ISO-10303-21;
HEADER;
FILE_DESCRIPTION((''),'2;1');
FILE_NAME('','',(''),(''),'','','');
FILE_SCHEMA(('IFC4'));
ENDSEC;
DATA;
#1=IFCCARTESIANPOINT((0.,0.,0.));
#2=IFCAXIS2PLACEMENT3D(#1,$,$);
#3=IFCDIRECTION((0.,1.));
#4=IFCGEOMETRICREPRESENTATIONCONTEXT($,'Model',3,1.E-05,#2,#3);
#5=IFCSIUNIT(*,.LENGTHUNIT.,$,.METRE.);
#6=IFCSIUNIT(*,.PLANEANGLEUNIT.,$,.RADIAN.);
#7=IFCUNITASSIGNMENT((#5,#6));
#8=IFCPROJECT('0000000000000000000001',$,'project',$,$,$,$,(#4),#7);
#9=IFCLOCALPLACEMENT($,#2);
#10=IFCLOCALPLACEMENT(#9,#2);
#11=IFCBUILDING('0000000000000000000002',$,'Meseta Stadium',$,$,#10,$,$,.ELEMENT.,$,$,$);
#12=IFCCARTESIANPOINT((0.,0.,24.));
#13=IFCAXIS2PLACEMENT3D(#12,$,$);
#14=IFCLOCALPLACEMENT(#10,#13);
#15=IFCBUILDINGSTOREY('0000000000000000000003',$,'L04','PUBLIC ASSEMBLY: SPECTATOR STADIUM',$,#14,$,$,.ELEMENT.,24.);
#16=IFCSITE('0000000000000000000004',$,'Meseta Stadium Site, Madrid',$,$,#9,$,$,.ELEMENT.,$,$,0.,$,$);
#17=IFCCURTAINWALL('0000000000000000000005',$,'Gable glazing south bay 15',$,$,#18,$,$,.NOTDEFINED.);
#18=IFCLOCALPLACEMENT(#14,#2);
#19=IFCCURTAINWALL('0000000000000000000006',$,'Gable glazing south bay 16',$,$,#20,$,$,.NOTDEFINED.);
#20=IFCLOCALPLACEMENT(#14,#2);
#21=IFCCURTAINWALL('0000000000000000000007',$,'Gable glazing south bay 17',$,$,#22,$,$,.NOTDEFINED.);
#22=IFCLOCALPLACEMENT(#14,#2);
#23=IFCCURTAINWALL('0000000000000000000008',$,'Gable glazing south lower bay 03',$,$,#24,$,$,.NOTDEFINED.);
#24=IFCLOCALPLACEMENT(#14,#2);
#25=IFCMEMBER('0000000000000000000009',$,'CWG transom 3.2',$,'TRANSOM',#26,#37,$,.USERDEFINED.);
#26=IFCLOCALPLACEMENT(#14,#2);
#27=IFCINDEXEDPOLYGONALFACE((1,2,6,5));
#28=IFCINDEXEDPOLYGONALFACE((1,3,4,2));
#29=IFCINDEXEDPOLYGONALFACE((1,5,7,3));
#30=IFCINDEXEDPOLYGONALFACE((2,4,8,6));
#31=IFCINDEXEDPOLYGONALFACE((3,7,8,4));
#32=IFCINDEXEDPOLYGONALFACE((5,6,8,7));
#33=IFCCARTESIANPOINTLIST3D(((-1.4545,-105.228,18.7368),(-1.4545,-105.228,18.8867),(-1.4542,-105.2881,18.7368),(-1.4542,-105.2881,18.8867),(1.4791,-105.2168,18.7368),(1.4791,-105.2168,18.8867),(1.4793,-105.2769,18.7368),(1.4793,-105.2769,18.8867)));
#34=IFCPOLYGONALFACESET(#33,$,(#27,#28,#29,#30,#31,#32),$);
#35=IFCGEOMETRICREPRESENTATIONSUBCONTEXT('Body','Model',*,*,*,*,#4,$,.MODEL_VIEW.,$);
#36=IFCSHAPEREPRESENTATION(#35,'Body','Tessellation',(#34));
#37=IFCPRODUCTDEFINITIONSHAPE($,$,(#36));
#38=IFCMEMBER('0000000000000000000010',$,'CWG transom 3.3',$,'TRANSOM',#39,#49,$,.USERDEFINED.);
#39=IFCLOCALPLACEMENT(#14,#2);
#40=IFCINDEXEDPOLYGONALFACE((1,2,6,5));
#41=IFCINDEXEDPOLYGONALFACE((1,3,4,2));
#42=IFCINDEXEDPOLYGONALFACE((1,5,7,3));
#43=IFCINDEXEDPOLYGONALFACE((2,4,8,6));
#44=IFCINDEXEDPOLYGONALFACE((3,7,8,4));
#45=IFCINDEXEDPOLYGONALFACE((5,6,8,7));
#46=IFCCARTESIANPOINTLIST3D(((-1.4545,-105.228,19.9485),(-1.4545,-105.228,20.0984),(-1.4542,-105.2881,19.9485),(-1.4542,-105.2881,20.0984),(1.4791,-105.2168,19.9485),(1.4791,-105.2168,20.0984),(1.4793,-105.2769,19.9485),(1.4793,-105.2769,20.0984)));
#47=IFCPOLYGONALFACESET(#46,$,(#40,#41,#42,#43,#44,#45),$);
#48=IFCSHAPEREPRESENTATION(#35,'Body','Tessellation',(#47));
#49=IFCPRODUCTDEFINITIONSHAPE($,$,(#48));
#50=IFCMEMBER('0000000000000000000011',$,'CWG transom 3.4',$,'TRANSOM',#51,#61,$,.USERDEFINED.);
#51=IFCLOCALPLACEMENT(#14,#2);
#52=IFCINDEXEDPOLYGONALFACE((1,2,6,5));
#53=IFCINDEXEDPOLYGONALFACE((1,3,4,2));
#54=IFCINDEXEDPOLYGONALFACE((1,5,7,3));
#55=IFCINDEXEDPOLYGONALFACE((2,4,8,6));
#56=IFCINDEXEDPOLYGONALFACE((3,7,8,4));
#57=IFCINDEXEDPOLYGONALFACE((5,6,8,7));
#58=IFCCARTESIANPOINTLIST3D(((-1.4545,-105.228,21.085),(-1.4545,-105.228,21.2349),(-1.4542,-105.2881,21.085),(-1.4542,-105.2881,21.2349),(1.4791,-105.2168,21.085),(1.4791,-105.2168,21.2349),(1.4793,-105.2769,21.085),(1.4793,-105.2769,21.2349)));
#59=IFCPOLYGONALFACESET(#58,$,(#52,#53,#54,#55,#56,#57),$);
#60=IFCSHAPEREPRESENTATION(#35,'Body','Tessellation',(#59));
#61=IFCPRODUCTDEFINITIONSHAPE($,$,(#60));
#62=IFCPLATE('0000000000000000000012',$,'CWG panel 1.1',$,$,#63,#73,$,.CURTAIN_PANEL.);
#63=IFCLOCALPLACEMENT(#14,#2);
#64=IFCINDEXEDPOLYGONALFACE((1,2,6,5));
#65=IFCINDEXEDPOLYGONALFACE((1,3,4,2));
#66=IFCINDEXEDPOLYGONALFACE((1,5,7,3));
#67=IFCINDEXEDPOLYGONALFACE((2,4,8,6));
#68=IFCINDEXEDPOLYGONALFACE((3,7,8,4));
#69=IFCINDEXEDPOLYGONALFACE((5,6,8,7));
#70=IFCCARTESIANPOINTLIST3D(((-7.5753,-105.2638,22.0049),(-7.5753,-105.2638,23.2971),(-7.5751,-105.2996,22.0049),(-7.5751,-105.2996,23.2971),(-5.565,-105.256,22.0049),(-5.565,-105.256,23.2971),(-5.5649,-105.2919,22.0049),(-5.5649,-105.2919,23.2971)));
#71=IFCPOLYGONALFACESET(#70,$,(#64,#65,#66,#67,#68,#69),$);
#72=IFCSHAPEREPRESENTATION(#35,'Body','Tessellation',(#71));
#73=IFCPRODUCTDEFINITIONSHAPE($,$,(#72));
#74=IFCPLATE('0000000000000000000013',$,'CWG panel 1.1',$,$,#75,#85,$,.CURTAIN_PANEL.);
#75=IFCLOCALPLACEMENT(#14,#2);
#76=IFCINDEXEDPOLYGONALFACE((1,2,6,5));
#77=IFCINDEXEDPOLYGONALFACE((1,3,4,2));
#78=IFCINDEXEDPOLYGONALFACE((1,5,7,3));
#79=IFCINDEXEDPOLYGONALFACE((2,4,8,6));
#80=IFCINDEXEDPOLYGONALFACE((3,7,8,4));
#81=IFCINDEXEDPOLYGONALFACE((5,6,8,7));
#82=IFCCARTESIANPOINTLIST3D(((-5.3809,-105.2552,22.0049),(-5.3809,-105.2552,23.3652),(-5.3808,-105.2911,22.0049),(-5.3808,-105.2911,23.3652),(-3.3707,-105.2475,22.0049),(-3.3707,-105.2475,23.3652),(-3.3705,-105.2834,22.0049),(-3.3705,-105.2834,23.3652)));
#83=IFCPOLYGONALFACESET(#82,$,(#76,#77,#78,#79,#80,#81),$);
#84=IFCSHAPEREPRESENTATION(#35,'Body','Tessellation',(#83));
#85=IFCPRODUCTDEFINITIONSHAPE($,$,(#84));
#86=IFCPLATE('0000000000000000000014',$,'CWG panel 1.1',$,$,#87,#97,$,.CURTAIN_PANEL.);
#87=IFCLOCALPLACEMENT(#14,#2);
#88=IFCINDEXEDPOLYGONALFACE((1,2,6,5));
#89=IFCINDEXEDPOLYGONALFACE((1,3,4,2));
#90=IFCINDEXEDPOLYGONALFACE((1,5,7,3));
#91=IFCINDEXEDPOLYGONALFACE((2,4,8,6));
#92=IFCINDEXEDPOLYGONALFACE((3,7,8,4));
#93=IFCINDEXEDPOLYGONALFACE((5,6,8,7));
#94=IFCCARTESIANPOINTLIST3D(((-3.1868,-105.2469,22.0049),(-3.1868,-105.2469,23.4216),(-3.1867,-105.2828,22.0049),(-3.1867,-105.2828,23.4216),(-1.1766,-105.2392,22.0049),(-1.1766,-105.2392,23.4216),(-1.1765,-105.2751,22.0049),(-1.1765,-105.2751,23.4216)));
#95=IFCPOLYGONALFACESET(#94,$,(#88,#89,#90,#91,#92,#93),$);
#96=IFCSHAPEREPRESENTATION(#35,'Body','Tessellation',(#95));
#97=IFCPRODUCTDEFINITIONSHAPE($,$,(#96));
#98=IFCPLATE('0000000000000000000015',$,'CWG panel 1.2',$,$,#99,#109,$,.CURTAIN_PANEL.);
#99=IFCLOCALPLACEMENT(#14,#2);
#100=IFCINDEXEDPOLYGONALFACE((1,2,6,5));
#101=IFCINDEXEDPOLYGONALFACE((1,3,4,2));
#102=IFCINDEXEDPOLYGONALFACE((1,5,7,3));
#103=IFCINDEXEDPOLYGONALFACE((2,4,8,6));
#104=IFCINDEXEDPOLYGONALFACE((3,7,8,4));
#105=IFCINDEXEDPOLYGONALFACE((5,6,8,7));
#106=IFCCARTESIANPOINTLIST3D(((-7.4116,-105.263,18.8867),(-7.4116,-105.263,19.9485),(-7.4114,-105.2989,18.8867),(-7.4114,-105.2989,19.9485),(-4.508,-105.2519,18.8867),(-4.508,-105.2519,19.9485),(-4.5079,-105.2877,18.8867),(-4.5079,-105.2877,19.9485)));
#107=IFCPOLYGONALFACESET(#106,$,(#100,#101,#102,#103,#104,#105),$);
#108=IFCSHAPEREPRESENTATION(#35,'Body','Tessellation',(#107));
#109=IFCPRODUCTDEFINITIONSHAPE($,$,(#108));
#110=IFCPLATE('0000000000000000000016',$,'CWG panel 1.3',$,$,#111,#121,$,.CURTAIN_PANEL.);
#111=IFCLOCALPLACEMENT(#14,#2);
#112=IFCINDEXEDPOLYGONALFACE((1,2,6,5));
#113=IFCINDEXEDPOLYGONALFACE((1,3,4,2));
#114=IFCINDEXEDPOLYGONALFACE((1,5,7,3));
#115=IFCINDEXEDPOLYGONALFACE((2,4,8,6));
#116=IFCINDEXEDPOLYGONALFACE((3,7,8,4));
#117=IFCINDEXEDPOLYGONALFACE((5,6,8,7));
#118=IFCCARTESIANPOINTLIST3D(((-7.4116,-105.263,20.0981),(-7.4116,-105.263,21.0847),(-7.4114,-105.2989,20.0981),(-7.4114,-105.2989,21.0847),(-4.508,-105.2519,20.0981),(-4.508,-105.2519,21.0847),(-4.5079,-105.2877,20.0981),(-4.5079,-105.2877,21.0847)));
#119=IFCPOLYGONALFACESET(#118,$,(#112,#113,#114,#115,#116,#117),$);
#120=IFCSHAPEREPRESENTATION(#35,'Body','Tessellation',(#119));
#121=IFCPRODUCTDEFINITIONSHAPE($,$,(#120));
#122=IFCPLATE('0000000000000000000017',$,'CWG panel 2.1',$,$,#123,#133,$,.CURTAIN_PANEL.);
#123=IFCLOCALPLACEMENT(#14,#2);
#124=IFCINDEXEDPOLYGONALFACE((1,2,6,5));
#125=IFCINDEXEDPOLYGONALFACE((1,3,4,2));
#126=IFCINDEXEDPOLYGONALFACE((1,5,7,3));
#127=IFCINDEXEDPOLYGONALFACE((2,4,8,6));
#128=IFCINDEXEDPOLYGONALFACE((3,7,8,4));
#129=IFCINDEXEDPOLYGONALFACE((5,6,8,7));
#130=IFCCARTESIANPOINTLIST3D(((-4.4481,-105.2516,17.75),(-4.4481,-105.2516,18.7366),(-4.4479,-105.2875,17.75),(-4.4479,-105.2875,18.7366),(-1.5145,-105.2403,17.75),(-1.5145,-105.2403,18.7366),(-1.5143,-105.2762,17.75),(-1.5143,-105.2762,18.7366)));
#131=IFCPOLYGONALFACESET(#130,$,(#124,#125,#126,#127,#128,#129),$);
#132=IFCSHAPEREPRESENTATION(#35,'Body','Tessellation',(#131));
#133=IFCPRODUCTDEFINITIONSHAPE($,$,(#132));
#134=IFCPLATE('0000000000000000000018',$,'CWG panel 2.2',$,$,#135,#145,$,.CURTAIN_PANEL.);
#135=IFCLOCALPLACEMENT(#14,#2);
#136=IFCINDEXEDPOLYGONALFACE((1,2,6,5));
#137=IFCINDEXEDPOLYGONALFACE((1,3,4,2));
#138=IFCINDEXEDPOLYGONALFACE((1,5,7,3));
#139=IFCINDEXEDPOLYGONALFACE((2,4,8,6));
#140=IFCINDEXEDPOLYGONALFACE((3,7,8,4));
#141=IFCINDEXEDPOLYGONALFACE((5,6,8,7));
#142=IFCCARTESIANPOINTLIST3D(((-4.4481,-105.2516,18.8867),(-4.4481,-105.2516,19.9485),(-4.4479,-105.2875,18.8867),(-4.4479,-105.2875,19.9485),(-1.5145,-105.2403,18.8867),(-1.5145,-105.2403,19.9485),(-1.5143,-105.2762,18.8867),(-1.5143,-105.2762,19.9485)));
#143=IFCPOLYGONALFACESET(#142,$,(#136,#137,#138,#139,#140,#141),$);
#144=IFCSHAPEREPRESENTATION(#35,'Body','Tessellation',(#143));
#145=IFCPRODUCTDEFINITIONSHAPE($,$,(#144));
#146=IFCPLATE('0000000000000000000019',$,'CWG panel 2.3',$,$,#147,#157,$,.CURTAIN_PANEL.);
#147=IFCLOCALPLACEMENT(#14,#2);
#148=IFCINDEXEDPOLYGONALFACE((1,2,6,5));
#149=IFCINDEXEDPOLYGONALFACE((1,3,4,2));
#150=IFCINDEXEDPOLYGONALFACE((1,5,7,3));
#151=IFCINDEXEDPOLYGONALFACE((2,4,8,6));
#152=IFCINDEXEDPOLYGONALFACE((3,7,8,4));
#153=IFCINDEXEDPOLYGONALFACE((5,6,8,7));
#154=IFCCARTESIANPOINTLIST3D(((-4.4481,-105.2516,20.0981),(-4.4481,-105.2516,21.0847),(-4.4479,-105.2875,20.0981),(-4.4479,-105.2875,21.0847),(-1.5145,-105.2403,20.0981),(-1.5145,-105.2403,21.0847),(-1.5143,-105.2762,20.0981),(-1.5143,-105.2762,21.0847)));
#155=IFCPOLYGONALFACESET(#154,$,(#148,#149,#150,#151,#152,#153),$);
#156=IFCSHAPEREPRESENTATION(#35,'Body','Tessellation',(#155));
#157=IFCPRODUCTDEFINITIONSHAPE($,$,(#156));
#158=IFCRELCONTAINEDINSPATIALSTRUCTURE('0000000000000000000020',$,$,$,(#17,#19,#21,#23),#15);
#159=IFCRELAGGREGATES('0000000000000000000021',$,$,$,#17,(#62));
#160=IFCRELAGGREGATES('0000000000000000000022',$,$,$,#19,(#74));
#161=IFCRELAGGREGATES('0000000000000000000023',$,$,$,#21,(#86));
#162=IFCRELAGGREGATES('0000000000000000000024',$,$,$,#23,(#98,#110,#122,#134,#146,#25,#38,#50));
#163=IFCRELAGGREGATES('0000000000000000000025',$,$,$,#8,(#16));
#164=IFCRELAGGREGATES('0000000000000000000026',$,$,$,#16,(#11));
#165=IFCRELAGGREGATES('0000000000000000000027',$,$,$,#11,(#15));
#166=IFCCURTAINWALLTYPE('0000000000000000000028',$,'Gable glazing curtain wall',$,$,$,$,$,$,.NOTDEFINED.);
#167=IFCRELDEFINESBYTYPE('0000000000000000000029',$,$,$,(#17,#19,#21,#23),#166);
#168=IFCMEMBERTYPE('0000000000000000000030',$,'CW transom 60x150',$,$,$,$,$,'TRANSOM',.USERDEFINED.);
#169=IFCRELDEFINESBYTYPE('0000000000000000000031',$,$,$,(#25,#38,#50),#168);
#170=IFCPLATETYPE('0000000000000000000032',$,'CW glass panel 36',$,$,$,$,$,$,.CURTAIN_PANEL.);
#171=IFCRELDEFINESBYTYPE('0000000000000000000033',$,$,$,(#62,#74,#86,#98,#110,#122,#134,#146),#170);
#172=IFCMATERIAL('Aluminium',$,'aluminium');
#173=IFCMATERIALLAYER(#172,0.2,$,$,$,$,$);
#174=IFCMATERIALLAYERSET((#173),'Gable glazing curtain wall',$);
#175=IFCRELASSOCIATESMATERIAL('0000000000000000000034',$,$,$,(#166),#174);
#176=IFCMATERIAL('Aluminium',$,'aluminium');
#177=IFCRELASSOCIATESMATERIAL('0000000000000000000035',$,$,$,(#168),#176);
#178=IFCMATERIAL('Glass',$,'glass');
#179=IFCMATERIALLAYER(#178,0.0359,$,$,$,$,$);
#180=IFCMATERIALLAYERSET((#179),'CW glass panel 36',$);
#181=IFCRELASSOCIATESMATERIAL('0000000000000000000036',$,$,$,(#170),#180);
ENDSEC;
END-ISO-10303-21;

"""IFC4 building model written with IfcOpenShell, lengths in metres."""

from ifc_helpers import new_model, si_unit, direction, frame, origin, origin_2d, place, context, subcontext, project, spatial, rectangle, extrude, material, layer, layer_set, material_profile, profile_set, type_object, element, aggregate, save


model = new_model("IFC4")

# Units and contexts
model_context = context("Model", 3, precision=1e-05, world=origin(), true_north=direction((0.0, 1.0)))
body_context = subcontext(model_context, "Body", "Model", "MODEL_VIEW")
ifc_project = project(units=[si_unit("LENGTHUNIT", "METRE"), si_unit("PLANEANGLEUNIT", "RADIAN")], contexts=[model_context])

# Site, building, storey
site_placement = place(None, origin())
site = spatial("IfcSite", under=ifc_project, at=site_placement, Name="Meseta Stadium Site, Madrid", CompositionType="ELEMENT", RefElevation=0.0)
building_placement = place(site_placement, origin())
building = spatial("IfcBuilding", under=site, at=building_placement, Name="Meseta Stadium", CompositionType="ELEMENT")
storey_placement = place(building_placement, frame((0.0, 0.0, 24.0)))
storey = spatial("IfcBuildingStorey", under=building, at=storey_placement, Name="L04", Description="PUBLIC ASSEMBLY: SPECTATOR STADIUM", CompositionType="ELEMENT", Elevation=24.0)

# Curtain wall
ifc_material_1 = material(Name="Aluminium", Category="aluminium")
ifc_layer_1 = layer(ifc_material_1, 0.2)
ifc_layer_set_1 = layer_set([ifc_layer_1], Name="Gable glazing curtain wall")
curtain_wall_type = type_object("IfcCurtainWallType", Name="Gable glazing curtain wall", PredefinedType="NOTDEFINED", material=ifc_layer_set_1)
curtain_wall_1_placement = place(storey_placement, origin())
curtain_wall_1 = element("IfcCurtainWall", 1, at=curtain_wall_1_placement, inside=storey, type_object=curtain_wall_type, Name="Gable glazing south bay 15", PredefinedType="NOTDEFINED")

# Curtain walls
curtain_wall_2_placement = place(storey_placement, origin())
curtain_wall_2 = element("IfcCurtainWall", 2, at=curtain_wall_2_placement, inside=storey, type_object=curtain_wall_type, Name="Gable glazing south bay 16", PredefinedType="NOTDEFINED")
curtain_wall_3_placement = place(storey_placement, origin())
curtain_wall_3 = element("IfcCurtainWall", 3, at=curtain_wall_3_placement, inside=storey, type_object=curtain_wall_type, Name="Gable glazing south bay 17", PredefinedType="NOTDEFINED")

# Shared definitions
ifc_material_2 = material(Name="Aluminium", Category="aluminium")
ifc_material_profile_1 = material_profile(ifc_material_2, rectangle(XDim=0.0601, YDim=0.1499, at=origin_2d()), Name="CW 60x150")
ifc_profile_set_1 = profile_set([ifc_material_profile_1], Name="Aluminium")
member_type_1 = type_object("IfcMemberType", Name="CW transom 60x150", ElementType="TRANSOM", PredefinedType="USERDEFINED", material=ifc_profile_set_1)

# Curtain wall, members
curtain_wall_4_placement = place(storey_placement, origin())
curtain_wall_4 = element("IfcCurtainWall", 4, at=curtain_wall_4_placement, inside=storey, type_object=curtain_wall_type, Name="Gable glazing south lower bay 03", PredefinedType="NOTDEFINED")
member_1_placement = place(storey_placement, frame((-1.4543, -105.2581, 18.8118), z_axis=(0.999993, 0.003828, 0.0), x_axis=(-0.003828, 0.999993, 0.0)))
member_1 = element("IfcMember", 5, at=member_1_placement, type_object=member_type_1, Name="CWG transom 3.2", ObjectType="TRANSOM", PredefinedType="USERDEFINED", context=body_context, shape_type="SweptSolid", body=[
    extrude(rectangle(XDim=0.0601, YDim=0.1499, at=origin_2d()), origin(), (0.0, 0.0, 1.0), 2.9336),
])
member_2_placement = place(storey_placement, frame((-1.4543, -105.2581, 20.0234), z_axis=(0.999993, 0.003828, 0.0), x_axis=(-0.003828, 0.999993, 0.0)))
member_2 = element("IfcMember", 6, at=member_2_placement, type_object=member_type_1, Name="CWG transom 3.3", ObjectType="TRANSOM", PredefinedType="USERDEFINED", context=body_context, shape_type="SweptSolid", body=[
    extrude(rectangle(XDim=0.0601, YDim=0.1499, at=origin_2d()), origin(), (0.0, 0.0, 1.0), 2.9336),
])
member_3_placement = place(storey_placement, frame((-1.4543, -105.2581, 21.1599), z_axis=(0.999993, 0.003828, 0.0), x_axis=(-0.003828, 0.999993, 0.0)))
member_3 = element("IfcMember", 7, at=member_3_placement, type_object=member_type_1, Name="CWG transom 3.4", ObjectType="TRANSOM", PredefinedType="USERDEFINED", context=body_context, shape_type="SweptSolid", body=[
    extrude(rectangle(XDim=0.0601, YDim=0.1499, at=origin_2d()), origin(), (0.0, 0.0, 1.0), 2.9336),
])

# Plates
ifc_material_3 = material(Name="Glass", Category="glass")
ifc_layer_2 = layer(ifc_material_3, 0.0359)
ifc_layer_set_2 = layer_set([ifc_layer_2], Name="CW glass panel 36")
plate_type = type_object("IfcPlateType", Name="CW glass panel 36", PredefinedType="CURTAIN_PANEL", material=ifc_layer_set_2)
plate_1_placement = place(storey_placement, frame((-6.5701, -105.2778, 22.0049), z_axis=(0.0, 0.0, 1.0), x_axis=(0.999993, 0.003848, 0.0)))
plate_1 = element("IfcPlate", 8, at=plate_1_placement, type_object=plate_type, Name="CWG panel 1.1", PredefinedType="CURTAIN_PANEL", context=body_context, shape_type="SweptSolid", body=[
    extrude(rectangle(XDim=2.0103, YDim=0.0359, at=origin_2d()), origin(), (0.0, 0.0, 1.0), 1.2922),
])
aggregate(curtain_wall_1, [plate_1])
plate_2_placement = place(storey_placement, frame((-4.3757, -105.2693, 22.0049), z_axis=(0.0, 0.0, 1.0), x_axis=(0.999993, 0.003848, 0.0)))
plate_2 = element("IfcPlate", 9, at=plate_2_placement, type_object=plate_type, Name="CWG panel 1.1", PredefinedType="CURTAIN_PANEL", context=body_context, shape_type="SweptSolid", body=[
    extrude(rectangle(XDim=2.0103, YDim=0.0359, at=origin_2d()), origin(), (0.0, 0.0, 1.0), 1.3604),
])
aggregate(curtain_wall_2, [plate_2])
plate_3_placement = place(storey_placement, frame((-2.1816, -105.261, 22.0049), z_axis=(0.0, 0.0, 1.0), x_axis=(0.999993, 0.003848, 0.0)))
plate_3 = element("IfcPlate", 10, at=plate_3_placement, type_object=plate_type, Name="CWG panel 1.1", PredefinedType="CURTAIN_PANEL", context=body_context, shape_type="SweptSolid", body=[
    extrude(rectangle(XDim=2.0103, YDim=0.0359, at=origin_2d()), origin(), (0.0, 0.0, 1.0), 1.4167),
])
aggregate(curtain_wall_3, [plate_3])
plate_4_placement = place(storey_placement, frame((-5.9597, -105.2754, 18.8867), z_axis=(0.0, 0.0, 1.0), x_axis=(0.999993, 0.003848, 0.0)))
plate_4 = element("IfcPlate", 11, at=plate_4_placement, type_object=plate_type, Name="CWG panel 1.2", PredefinedType="CURTAIN_PANEL", context=body_context, shape_type="SweptSolid", body=[
    extrude(rectangle(XDim=2.9036, YDim=0.0359, at=origin_2d()), origin(), (0.0, 0.0, 1.0), 1.0618),
])
plate_5_placement = place(storey_placement, frame((-5.9597, -105.2754, 20.0981), z_axis=(0.0, 0.0, 1.0), x_axis=(0.999993, 0.003848, 0.0)))
plate_5 = element("IfcPlate", 12, at=plate_5_placement, type_object=plate_type, Name="CWG panel 1.3", PredefinedType="CURTAIN_PANEL", context=body_context, shape_type="SweptSolid", body=[
    extrude(rectangle(XDim=2.9036, YDim=0.0359, at=origin_2d()), origin(), (0.0, 0.0, 1.0), 0.9866),
])
plate_6_placement = place(storey_placement, frame((-2.9812, -105.2639, 17.75), z_axis=(0.0, 0.0, 1.0), x_axis=(0.999993, 0.003848, 0.0)))
plate_6 = element("IfcPlate", 13, at=plate_6_placement, type_object=plate_type, Name="CWG panel 2.1", PredefinedType="CURTAIN_PANEL", context=body_context, shape_type="SweptSolid", body=[
    extrude(rectangle(XDim=2.9336, YDim=0.0359, at=origin_2d()), origin(), (0.0, 0.0, 1.0), 0.9866),
])
plate_7_placement = place(storey_placement, frame((-2.9812, -105.2639, 18.8867), z_axis=(0.0, 0.0, 1.0), x_axis=(0.999993, 0.003848, 0.0)))
plate_7 = element("IfcPlate", 14, at=plate_7_placement, type_object=plate_type, Name="CWG panel 2.2", PredefinedType="CURTAIN_PANEL", context=body_context, shape_type="SweptSolid", body=[
    extrude(rectangle(XDim=2.9336, YDim=0.0359, at=origin_2d()), origin(), (0.0, 0.0, 1.0), 1.0618),
])
plate_8_placement = place(storey_placement, frame((-2.9812, -105.2639, 20.0981), z_axis=(0.0, 0.0, 1.0), x_axis=(0.999993, 0.003848, 0.0)))
plate_8 = element("IfcPlate", 15, at=plate_8_placement, type_object=plate_type, Name="CWG panel 2.3", PredefinedType="CURTAIN_PANEL", context=body_context, shape_type="SweptSolid", body=[
    extrude(rectangle(XDim=2.9336, YDim=0.0359, at=origin_2d()), origin(), (0.0, 0.0, 1.0), 0.9866),
])
aggregate(curtain_wall_4, [plate_4, plate_5, plate_6, plate_7, plate_8, member_1, member_2, member_3])

save(model, "model.ifc")
